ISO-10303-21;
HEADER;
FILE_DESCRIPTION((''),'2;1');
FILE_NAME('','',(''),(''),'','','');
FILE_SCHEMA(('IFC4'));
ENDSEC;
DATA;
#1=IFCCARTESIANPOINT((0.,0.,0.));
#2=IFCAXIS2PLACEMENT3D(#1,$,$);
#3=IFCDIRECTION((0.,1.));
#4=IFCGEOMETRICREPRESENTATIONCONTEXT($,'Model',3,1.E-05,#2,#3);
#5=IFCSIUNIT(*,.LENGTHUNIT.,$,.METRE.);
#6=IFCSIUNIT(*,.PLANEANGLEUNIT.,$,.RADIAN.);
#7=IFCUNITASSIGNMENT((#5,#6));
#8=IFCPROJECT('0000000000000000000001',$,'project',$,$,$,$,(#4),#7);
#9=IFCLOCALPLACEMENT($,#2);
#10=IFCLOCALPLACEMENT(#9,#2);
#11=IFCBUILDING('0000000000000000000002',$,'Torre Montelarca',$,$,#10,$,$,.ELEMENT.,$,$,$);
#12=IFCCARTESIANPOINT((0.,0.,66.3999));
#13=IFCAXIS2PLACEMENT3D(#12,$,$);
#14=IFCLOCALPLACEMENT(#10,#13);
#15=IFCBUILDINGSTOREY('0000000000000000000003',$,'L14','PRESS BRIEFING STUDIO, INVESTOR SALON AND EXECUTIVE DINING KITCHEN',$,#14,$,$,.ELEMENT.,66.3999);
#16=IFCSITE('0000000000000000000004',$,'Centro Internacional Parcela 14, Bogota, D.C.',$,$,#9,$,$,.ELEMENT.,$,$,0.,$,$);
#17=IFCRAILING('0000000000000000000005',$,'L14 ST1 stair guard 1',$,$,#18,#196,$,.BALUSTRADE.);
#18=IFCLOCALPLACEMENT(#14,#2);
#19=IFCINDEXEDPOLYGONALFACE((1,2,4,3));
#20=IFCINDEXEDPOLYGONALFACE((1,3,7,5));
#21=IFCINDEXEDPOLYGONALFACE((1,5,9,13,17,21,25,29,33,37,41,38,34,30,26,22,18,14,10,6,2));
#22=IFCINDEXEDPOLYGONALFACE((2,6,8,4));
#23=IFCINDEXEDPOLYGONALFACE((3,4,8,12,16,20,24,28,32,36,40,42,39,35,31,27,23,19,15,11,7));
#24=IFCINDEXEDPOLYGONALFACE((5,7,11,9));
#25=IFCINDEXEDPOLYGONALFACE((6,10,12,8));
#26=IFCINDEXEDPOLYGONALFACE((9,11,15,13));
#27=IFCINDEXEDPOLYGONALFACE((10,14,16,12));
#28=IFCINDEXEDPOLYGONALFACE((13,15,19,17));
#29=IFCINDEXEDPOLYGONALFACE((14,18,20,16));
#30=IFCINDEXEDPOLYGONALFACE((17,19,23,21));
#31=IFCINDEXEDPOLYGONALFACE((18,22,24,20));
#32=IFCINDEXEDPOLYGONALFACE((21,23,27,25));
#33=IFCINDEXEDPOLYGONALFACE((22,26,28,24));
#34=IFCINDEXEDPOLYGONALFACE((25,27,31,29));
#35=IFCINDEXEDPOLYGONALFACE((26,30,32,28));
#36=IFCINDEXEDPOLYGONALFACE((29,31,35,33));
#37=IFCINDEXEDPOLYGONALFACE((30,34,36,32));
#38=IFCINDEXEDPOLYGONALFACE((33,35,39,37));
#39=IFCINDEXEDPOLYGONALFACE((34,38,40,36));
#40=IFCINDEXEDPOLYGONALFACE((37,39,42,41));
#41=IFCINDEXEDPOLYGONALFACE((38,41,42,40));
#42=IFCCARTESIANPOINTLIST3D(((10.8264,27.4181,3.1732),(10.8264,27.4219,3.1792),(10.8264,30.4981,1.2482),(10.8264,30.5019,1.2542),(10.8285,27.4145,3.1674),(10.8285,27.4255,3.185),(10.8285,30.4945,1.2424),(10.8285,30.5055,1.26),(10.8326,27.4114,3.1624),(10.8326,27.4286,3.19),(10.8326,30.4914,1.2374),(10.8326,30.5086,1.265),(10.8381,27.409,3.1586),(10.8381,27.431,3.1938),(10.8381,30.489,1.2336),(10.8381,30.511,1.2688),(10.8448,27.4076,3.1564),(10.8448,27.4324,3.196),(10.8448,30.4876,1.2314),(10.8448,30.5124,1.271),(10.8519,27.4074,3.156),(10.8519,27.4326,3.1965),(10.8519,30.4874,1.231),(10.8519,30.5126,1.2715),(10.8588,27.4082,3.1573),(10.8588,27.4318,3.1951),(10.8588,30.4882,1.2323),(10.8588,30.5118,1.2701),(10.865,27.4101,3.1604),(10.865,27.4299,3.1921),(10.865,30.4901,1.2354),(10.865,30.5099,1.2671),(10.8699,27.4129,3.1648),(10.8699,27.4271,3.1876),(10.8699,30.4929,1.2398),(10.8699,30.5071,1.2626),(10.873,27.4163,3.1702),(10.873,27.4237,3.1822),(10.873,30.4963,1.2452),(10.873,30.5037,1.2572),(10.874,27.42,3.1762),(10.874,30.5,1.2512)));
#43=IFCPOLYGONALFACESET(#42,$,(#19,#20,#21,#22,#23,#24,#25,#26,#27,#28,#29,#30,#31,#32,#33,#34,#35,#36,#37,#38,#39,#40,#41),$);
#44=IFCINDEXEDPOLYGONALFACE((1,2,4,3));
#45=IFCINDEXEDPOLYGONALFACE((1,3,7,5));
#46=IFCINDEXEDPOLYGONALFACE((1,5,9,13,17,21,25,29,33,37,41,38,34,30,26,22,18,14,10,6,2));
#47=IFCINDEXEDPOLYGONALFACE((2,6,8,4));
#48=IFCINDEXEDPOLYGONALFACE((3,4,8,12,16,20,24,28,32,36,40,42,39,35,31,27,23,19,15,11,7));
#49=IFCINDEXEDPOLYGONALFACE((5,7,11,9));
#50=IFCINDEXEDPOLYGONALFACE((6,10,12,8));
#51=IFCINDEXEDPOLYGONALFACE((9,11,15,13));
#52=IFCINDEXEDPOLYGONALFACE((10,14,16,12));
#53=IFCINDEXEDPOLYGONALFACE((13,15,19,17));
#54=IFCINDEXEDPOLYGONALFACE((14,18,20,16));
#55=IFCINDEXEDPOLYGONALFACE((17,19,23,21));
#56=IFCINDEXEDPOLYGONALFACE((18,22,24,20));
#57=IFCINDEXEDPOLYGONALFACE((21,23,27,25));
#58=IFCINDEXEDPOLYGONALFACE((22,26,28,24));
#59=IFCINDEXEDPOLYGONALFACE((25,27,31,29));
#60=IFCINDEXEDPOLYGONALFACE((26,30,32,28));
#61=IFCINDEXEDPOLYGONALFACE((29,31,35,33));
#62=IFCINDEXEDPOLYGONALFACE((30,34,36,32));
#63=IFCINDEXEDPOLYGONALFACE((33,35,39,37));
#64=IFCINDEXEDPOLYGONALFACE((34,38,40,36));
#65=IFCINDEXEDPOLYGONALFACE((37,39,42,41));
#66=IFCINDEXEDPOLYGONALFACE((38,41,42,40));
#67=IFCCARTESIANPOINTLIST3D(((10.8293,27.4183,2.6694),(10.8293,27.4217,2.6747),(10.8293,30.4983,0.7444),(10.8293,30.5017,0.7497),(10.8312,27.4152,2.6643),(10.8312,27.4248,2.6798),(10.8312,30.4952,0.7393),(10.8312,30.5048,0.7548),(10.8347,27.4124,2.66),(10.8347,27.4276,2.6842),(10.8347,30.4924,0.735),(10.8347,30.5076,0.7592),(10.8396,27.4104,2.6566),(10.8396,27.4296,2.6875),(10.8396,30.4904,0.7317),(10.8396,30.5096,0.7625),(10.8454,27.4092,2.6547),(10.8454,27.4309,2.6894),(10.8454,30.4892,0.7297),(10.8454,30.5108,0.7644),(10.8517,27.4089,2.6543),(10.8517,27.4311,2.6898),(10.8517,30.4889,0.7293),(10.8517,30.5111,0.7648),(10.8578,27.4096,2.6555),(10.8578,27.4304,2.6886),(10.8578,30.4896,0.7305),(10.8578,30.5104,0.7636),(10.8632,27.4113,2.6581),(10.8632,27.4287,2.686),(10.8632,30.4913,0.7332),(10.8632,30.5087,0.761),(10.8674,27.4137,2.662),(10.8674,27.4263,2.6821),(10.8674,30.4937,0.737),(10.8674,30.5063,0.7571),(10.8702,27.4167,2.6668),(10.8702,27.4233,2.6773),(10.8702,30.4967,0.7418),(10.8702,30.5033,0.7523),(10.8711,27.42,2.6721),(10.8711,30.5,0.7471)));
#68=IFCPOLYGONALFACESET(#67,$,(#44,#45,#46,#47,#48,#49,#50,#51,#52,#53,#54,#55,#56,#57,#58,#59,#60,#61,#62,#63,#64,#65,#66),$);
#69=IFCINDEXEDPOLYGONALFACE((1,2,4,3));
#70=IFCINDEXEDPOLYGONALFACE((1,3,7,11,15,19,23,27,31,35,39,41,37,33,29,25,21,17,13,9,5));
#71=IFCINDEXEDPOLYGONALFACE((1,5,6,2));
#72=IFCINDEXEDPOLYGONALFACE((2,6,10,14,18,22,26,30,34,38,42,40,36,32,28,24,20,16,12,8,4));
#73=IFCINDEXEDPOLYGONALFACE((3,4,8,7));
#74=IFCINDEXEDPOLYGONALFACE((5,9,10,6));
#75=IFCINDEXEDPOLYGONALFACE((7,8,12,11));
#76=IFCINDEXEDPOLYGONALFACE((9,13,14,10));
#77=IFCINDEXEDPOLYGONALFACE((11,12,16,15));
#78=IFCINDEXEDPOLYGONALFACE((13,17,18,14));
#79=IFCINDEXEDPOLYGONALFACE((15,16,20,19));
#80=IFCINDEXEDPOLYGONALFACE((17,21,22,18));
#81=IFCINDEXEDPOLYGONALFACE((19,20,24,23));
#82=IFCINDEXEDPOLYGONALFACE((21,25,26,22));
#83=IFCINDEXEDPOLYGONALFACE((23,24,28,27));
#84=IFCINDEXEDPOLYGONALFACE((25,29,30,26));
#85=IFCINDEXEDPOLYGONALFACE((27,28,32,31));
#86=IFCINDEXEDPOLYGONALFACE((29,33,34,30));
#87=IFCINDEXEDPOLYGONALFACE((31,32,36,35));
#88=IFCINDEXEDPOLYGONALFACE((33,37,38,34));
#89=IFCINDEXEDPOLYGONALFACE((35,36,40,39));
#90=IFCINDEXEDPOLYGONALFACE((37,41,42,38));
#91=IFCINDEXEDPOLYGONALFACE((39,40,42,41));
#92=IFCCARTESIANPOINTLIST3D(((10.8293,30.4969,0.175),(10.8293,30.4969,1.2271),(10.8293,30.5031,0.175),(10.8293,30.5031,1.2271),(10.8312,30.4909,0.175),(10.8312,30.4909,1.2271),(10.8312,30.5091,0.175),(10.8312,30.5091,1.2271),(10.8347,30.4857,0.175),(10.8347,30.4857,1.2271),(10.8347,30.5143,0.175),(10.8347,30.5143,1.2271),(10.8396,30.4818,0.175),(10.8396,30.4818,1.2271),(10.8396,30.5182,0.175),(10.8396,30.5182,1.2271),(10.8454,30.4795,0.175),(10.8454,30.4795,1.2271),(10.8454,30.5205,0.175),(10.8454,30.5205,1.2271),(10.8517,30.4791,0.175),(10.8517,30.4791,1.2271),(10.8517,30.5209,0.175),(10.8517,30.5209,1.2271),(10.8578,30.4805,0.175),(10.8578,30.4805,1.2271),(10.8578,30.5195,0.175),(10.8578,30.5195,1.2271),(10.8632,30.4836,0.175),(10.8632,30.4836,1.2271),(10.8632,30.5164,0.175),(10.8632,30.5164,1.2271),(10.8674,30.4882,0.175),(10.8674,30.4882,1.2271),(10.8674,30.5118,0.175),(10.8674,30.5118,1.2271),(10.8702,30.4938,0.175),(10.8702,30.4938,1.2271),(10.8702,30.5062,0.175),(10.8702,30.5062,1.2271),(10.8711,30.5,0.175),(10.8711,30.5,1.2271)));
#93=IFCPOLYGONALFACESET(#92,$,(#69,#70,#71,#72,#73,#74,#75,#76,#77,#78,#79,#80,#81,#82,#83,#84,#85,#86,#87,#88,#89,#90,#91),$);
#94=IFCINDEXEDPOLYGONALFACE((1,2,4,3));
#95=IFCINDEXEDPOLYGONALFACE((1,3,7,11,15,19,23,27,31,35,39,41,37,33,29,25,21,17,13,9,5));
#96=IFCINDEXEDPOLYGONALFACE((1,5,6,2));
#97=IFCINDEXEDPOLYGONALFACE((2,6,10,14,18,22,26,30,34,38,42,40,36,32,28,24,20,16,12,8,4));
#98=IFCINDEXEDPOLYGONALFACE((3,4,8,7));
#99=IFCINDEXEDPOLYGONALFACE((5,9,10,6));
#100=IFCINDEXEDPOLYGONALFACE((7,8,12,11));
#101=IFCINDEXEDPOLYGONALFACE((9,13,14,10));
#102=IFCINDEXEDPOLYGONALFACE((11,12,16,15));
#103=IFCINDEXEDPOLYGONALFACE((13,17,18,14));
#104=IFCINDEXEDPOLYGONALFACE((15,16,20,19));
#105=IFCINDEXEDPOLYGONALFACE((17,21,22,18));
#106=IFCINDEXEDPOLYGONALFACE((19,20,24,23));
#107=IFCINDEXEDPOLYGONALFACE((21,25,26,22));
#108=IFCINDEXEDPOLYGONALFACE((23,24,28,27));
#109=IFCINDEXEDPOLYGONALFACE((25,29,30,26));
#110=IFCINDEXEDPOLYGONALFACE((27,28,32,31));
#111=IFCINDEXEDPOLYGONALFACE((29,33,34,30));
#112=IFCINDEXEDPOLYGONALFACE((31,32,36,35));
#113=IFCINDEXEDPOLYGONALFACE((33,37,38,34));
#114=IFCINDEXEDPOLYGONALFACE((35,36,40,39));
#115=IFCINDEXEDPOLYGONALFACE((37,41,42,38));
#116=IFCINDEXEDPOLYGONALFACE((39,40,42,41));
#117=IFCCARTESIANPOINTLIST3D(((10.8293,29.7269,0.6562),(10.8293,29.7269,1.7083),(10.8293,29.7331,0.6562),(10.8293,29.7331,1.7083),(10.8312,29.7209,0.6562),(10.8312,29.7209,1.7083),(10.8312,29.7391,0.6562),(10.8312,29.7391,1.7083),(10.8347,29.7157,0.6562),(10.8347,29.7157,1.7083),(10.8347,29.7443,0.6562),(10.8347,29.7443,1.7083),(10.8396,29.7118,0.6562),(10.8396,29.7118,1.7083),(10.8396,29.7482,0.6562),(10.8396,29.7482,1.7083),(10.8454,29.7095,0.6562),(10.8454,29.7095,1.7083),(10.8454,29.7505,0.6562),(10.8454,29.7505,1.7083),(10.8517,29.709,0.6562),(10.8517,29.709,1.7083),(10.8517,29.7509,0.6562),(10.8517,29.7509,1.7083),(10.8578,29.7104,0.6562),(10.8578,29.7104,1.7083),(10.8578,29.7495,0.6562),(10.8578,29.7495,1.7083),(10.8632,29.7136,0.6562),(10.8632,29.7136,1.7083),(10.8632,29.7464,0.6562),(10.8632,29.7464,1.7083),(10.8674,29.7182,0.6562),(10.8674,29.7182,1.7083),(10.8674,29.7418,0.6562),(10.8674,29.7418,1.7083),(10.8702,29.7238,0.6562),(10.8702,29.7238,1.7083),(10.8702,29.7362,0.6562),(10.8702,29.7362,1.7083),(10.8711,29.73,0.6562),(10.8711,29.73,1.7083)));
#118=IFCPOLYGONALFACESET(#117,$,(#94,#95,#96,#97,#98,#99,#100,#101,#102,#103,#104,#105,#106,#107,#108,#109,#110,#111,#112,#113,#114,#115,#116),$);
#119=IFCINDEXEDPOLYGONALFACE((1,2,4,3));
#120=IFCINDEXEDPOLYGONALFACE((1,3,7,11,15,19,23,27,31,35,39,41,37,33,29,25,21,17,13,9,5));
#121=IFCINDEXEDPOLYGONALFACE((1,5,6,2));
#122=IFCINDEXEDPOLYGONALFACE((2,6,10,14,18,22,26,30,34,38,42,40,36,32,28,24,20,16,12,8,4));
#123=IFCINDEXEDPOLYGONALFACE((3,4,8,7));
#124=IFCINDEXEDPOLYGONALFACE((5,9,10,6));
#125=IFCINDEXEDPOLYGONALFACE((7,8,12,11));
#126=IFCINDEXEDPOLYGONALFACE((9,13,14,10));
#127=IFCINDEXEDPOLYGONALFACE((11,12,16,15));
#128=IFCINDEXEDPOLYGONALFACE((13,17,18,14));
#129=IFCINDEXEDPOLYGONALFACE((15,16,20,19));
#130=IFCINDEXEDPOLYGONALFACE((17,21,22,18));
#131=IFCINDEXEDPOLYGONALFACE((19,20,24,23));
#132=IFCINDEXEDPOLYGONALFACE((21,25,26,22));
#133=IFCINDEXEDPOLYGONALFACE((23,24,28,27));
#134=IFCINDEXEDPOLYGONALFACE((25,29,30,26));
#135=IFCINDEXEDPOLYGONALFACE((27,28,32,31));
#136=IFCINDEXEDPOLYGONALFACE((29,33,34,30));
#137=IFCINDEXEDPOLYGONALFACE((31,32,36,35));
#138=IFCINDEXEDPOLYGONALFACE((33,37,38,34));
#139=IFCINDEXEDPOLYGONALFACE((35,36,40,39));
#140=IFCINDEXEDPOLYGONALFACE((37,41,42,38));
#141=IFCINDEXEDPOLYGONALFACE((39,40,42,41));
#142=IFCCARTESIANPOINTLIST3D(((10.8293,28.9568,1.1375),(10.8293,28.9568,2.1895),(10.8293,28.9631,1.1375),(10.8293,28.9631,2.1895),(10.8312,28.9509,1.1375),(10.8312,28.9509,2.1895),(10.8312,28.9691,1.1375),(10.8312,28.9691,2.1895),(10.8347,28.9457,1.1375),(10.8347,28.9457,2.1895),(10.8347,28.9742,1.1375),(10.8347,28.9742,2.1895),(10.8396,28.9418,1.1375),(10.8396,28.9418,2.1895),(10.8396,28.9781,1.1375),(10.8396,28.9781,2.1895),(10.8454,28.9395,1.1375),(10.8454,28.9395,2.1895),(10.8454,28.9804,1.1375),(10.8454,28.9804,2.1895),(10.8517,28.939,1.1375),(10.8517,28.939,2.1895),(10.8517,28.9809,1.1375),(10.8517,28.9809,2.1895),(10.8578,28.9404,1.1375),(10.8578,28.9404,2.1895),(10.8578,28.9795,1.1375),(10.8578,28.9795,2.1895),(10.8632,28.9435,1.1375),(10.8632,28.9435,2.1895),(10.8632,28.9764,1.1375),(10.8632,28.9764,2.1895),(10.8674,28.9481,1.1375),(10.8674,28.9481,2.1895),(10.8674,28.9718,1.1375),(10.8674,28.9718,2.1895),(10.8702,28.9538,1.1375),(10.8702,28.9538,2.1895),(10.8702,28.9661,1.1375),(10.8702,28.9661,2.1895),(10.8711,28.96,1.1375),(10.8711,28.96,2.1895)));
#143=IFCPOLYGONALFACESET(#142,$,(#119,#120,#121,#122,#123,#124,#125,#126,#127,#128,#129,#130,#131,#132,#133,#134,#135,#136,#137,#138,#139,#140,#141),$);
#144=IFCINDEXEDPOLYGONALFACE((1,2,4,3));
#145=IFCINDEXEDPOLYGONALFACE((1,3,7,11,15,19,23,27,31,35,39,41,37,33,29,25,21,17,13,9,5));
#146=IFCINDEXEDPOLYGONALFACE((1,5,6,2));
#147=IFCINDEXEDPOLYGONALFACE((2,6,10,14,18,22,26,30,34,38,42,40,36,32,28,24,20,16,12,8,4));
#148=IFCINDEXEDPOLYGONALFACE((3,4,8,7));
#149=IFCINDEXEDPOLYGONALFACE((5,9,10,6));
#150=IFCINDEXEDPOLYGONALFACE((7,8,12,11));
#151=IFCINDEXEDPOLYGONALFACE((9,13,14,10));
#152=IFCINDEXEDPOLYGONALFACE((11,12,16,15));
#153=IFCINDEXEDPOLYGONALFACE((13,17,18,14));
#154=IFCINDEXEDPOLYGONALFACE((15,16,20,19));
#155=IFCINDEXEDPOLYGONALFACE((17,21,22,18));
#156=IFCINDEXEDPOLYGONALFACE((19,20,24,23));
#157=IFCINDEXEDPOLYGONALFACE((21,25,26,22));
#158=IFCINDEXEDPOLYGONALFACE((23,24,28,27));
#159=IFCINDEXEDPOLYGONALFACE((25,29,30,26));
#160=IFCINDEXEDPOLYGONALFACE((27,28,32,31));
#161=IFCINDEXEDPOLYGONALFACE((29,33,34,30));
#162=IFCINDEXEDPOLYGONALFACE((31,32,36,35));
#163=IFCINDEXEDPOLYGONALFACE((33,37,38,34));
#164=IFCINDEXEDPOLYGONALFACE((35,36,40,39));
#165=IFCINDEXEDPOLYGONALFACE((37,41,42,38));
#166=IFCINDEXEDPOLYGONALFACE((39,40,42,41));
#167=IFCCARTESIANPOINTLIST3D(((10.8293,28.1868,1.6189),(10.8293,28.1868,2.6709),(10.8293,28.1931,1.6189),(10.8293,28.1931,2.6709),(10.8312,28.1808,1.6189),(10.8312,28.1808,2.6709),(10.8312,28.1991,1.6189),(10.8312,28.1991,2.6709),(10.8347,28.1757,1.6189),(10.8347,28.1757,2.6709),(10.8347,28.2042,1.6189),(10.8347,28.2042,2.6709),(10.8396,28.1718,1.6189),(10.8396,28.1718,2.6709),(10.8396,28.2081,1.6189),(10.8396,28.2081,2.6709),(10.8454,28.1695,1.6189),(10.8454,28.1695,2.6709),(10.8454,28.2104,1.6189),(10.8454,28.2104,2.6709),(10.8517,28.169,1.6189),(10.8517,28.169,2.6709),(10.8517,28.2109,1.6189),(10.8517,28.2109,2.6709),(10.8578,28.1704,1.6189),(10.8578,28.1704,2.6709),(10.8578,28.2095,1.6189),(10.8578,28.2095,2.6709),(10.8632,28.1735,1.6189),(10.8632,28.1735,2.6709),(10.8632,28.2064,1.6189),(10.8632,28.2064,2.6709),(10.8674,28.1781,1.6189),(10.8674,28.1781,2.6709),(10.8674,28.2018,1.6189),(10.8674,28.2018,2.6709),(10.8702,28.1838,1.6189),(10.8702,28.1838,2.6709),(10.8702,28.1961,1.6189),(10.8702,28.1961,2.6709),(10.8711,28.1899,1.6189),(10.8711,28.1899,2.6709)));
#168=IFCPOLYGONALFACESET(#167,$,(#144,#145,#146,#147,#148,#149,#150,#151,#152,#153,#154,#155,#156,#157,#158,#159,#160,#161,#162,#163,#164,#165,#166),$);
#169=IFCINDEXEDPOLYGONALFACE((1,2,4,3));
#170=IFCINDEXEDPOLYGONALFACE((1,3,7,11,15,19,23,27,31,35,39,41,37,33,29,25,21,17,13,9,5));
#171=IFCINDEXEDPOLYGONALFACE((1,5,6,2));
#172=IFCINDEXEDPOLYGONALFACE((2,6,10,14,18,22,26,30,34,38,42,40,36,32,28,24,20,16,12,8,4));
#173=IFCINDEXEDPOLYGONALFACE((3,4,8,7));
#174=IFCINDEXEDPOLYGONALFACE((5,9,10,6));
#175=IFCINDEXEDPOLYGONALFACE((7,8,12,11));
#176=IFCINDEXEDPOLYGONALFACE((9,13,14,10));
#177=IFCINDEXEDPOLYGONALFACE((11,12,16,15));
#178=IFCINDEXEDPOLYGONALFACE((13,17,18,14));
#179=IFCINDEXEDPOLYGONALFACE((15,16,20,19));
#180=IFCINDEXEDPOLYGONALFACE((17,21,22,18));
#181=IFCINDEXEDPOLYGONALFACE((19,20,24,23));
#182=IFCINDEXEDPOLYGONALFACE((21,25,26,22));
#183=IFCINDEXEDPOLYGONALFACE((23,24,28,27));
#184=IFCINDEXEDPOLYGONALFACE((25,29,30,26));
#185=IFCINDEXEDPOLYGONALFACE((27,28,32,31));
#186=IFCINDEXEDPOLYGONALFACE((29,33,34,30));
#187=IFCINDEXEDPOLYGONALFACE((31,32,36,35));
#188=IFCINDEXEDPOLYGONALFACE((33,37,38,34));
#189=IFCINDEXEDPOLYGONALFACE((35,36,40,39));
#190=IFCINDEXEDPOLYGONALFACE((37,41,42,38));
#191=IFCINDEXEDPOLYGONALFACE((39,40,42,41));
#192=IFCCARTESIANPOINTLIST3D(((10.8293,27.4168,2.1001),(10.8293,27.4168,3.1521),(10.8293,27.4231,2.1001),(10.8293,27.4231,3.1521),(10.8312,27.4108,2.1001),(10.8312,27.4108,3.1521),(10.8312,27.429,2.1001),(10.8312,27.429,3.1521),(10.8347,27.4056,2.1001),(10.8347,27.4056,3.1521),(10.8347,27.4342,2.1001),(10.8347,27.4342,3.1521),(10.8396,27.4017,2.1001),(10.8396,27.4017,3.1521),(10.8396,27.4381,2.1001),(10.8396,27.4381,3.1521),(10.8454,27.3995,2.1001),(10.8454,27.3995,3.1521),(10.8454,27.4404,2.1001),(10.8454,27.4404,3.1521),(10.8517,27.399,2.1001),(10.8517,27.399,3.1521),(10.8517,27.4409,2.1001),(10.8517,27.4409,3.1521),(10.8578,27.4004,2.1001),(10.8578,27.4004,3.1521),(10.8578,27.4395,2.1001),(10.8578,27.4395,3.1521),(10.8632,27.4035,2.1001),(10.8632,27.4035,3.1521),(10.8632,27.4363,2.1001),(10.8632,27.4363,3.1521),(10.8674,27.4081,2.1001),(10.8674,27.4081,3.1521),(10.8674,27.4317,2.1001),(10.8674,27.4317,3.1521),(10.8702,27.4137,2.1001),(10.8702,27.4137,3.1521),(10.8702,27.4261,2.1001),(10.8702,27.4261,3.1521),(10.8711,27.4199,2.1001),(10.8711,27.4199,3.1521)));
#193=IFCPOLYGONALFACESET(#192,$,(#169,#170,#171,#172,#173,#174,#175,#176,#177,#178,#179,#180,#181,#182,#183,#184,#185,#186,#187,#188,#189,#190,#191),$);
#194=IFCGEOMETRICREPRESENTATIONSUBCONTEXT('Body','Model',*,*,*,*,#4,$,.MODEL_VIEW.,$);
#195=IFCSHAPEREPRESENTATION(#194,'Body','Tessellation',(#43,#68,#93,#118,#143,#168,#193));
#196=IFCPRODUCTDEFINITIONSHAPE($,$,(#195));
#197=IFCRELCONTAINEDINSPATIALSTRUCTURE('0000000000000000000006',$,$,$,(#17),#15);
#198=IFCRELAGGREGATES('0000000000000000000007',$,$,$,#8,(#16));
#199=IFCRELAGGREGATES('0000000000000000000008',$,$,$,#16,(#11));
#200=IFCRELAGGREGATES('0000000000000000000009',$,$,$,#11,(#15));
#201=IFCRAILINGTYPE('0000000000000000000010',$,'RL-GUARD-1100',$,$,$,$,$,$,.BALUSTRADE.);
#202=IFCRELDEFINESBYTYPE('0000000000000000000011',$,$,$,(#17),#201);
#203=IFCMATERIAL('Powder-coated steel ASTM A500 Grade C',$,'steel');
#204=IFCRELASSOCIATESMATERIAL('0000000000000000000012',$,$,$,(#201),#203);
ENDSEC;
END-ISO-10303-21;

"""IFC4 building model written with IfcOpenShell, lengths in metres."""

from ifc_helpers import new_model, si_unit, direction, frame, origin, origin_2d, place, context, subcontext, project, spatial, circle, extrude, material, type_object, element, save


model = new_model("IFC4")

# Units and contexts
model_context = context("Model", 3, precision=1e-05, world=origin(), true_north=direction((0.0, 1.0)))
body_context = subcontext(model_context, "Body", "Model", "MODEL_VIEW")
ifc_project = project(units=[si_unit("LENGTHUNIT", "METRE"), si_unit("PLANEANGLEUNIT", "RADIAN")], contexts=[model_context])

# Site, building, storey
site_placement = place(None, origin())
site = spatial("IfcSite", under=ifc_project, at=site_placement, Name="Centro Internacional Parcela 14, Bogota, D.C.", CompositionType="ELEMENT", RefElevation=0.0)
building_placement = place(site_placement, origin())
building = spatial("IfcBuilding", under=site, at=building_placement, Name="Torre Montelarca", CompositionType="ELEMENT")
storey_placement = place(building_placement, frame((0.0, 0.0, 66.3999)))
storey = spatial("IfcBuildingStorey", under=building, at=storey_placement, Name="L14", Description="PRESS BRIEFING STUDIO, INVESTOR SALON AND EXECUTIVE DINING KITCHEN", CompositionType="ELEMENT", Elevation=66.3999)

# Railing
ifc_material_1 = material(Name="Powder-coated steel ASTM A500 Grade C", Category="steel")
railing_type_1 = type_object("IfcRailingType", Name="RL-GUARD-1100", PredefinedType="BALUSTRADE", material=ifc_material_1)
railing_1_placement = place(storey_placement, frame((10.8501, 30.5, 0.175)))
element("IfcRailing", 1, at=railing_1_placement, inside=storey, type_object=railing_type_1, Name="L14 ST1 stair guard 1", PredefinedType="BALUSTRADE", context=body_context, shape_type="SweptSolid", body=[
    extrude(circle(Radius=0.0239, at=origin_2d()), frame((0.0, 0.0, 1.0762), z_axis=(0.0, -0.847998, 0.529999), x_axis=(1.0, 0.0, 0.0)), (0.0, 0.0, 1.0), 3.6321),
    extrude(circle(Radius=0.021, at=origin_2d()), frame((0.0, 0.0, 0.572), z_axis=(0.0, -0.847998, 0.529999), x_axis=(1.0, 0.0, 0.0)), (0.0, 0.0, 1.0), 3.6321),
    extrude(circle(Radius=0.021, at=origin_2d()), origin(), (0.0, 0.0, 1.0), 1.052),
    extrude(circle(Radius=0.021, at=origin_2d()), frame((0.0, -0.77, 0.4812)), (0.0, 0.0, 1.0), 1.052),
    extrude(circle(Radius=0.021, at=origin_2d()), frame((0.0, -1.54, 0.9624)), (0.0, 0.0, 1.0), 1.052),
    extrude(circle(Radius=0.021, at=origin_2d()), frame((0.0, -2.3101, 1.4438)), (0.0, 0.0, 1.0), 1.052),
    extrude(circle(Radius=0.021, at=origin_2d()), frame((0.0, -3.0801, 1.925)), (0.0, 0.0, 1.0), 1.052),
])

save(model, "model.ifc")
